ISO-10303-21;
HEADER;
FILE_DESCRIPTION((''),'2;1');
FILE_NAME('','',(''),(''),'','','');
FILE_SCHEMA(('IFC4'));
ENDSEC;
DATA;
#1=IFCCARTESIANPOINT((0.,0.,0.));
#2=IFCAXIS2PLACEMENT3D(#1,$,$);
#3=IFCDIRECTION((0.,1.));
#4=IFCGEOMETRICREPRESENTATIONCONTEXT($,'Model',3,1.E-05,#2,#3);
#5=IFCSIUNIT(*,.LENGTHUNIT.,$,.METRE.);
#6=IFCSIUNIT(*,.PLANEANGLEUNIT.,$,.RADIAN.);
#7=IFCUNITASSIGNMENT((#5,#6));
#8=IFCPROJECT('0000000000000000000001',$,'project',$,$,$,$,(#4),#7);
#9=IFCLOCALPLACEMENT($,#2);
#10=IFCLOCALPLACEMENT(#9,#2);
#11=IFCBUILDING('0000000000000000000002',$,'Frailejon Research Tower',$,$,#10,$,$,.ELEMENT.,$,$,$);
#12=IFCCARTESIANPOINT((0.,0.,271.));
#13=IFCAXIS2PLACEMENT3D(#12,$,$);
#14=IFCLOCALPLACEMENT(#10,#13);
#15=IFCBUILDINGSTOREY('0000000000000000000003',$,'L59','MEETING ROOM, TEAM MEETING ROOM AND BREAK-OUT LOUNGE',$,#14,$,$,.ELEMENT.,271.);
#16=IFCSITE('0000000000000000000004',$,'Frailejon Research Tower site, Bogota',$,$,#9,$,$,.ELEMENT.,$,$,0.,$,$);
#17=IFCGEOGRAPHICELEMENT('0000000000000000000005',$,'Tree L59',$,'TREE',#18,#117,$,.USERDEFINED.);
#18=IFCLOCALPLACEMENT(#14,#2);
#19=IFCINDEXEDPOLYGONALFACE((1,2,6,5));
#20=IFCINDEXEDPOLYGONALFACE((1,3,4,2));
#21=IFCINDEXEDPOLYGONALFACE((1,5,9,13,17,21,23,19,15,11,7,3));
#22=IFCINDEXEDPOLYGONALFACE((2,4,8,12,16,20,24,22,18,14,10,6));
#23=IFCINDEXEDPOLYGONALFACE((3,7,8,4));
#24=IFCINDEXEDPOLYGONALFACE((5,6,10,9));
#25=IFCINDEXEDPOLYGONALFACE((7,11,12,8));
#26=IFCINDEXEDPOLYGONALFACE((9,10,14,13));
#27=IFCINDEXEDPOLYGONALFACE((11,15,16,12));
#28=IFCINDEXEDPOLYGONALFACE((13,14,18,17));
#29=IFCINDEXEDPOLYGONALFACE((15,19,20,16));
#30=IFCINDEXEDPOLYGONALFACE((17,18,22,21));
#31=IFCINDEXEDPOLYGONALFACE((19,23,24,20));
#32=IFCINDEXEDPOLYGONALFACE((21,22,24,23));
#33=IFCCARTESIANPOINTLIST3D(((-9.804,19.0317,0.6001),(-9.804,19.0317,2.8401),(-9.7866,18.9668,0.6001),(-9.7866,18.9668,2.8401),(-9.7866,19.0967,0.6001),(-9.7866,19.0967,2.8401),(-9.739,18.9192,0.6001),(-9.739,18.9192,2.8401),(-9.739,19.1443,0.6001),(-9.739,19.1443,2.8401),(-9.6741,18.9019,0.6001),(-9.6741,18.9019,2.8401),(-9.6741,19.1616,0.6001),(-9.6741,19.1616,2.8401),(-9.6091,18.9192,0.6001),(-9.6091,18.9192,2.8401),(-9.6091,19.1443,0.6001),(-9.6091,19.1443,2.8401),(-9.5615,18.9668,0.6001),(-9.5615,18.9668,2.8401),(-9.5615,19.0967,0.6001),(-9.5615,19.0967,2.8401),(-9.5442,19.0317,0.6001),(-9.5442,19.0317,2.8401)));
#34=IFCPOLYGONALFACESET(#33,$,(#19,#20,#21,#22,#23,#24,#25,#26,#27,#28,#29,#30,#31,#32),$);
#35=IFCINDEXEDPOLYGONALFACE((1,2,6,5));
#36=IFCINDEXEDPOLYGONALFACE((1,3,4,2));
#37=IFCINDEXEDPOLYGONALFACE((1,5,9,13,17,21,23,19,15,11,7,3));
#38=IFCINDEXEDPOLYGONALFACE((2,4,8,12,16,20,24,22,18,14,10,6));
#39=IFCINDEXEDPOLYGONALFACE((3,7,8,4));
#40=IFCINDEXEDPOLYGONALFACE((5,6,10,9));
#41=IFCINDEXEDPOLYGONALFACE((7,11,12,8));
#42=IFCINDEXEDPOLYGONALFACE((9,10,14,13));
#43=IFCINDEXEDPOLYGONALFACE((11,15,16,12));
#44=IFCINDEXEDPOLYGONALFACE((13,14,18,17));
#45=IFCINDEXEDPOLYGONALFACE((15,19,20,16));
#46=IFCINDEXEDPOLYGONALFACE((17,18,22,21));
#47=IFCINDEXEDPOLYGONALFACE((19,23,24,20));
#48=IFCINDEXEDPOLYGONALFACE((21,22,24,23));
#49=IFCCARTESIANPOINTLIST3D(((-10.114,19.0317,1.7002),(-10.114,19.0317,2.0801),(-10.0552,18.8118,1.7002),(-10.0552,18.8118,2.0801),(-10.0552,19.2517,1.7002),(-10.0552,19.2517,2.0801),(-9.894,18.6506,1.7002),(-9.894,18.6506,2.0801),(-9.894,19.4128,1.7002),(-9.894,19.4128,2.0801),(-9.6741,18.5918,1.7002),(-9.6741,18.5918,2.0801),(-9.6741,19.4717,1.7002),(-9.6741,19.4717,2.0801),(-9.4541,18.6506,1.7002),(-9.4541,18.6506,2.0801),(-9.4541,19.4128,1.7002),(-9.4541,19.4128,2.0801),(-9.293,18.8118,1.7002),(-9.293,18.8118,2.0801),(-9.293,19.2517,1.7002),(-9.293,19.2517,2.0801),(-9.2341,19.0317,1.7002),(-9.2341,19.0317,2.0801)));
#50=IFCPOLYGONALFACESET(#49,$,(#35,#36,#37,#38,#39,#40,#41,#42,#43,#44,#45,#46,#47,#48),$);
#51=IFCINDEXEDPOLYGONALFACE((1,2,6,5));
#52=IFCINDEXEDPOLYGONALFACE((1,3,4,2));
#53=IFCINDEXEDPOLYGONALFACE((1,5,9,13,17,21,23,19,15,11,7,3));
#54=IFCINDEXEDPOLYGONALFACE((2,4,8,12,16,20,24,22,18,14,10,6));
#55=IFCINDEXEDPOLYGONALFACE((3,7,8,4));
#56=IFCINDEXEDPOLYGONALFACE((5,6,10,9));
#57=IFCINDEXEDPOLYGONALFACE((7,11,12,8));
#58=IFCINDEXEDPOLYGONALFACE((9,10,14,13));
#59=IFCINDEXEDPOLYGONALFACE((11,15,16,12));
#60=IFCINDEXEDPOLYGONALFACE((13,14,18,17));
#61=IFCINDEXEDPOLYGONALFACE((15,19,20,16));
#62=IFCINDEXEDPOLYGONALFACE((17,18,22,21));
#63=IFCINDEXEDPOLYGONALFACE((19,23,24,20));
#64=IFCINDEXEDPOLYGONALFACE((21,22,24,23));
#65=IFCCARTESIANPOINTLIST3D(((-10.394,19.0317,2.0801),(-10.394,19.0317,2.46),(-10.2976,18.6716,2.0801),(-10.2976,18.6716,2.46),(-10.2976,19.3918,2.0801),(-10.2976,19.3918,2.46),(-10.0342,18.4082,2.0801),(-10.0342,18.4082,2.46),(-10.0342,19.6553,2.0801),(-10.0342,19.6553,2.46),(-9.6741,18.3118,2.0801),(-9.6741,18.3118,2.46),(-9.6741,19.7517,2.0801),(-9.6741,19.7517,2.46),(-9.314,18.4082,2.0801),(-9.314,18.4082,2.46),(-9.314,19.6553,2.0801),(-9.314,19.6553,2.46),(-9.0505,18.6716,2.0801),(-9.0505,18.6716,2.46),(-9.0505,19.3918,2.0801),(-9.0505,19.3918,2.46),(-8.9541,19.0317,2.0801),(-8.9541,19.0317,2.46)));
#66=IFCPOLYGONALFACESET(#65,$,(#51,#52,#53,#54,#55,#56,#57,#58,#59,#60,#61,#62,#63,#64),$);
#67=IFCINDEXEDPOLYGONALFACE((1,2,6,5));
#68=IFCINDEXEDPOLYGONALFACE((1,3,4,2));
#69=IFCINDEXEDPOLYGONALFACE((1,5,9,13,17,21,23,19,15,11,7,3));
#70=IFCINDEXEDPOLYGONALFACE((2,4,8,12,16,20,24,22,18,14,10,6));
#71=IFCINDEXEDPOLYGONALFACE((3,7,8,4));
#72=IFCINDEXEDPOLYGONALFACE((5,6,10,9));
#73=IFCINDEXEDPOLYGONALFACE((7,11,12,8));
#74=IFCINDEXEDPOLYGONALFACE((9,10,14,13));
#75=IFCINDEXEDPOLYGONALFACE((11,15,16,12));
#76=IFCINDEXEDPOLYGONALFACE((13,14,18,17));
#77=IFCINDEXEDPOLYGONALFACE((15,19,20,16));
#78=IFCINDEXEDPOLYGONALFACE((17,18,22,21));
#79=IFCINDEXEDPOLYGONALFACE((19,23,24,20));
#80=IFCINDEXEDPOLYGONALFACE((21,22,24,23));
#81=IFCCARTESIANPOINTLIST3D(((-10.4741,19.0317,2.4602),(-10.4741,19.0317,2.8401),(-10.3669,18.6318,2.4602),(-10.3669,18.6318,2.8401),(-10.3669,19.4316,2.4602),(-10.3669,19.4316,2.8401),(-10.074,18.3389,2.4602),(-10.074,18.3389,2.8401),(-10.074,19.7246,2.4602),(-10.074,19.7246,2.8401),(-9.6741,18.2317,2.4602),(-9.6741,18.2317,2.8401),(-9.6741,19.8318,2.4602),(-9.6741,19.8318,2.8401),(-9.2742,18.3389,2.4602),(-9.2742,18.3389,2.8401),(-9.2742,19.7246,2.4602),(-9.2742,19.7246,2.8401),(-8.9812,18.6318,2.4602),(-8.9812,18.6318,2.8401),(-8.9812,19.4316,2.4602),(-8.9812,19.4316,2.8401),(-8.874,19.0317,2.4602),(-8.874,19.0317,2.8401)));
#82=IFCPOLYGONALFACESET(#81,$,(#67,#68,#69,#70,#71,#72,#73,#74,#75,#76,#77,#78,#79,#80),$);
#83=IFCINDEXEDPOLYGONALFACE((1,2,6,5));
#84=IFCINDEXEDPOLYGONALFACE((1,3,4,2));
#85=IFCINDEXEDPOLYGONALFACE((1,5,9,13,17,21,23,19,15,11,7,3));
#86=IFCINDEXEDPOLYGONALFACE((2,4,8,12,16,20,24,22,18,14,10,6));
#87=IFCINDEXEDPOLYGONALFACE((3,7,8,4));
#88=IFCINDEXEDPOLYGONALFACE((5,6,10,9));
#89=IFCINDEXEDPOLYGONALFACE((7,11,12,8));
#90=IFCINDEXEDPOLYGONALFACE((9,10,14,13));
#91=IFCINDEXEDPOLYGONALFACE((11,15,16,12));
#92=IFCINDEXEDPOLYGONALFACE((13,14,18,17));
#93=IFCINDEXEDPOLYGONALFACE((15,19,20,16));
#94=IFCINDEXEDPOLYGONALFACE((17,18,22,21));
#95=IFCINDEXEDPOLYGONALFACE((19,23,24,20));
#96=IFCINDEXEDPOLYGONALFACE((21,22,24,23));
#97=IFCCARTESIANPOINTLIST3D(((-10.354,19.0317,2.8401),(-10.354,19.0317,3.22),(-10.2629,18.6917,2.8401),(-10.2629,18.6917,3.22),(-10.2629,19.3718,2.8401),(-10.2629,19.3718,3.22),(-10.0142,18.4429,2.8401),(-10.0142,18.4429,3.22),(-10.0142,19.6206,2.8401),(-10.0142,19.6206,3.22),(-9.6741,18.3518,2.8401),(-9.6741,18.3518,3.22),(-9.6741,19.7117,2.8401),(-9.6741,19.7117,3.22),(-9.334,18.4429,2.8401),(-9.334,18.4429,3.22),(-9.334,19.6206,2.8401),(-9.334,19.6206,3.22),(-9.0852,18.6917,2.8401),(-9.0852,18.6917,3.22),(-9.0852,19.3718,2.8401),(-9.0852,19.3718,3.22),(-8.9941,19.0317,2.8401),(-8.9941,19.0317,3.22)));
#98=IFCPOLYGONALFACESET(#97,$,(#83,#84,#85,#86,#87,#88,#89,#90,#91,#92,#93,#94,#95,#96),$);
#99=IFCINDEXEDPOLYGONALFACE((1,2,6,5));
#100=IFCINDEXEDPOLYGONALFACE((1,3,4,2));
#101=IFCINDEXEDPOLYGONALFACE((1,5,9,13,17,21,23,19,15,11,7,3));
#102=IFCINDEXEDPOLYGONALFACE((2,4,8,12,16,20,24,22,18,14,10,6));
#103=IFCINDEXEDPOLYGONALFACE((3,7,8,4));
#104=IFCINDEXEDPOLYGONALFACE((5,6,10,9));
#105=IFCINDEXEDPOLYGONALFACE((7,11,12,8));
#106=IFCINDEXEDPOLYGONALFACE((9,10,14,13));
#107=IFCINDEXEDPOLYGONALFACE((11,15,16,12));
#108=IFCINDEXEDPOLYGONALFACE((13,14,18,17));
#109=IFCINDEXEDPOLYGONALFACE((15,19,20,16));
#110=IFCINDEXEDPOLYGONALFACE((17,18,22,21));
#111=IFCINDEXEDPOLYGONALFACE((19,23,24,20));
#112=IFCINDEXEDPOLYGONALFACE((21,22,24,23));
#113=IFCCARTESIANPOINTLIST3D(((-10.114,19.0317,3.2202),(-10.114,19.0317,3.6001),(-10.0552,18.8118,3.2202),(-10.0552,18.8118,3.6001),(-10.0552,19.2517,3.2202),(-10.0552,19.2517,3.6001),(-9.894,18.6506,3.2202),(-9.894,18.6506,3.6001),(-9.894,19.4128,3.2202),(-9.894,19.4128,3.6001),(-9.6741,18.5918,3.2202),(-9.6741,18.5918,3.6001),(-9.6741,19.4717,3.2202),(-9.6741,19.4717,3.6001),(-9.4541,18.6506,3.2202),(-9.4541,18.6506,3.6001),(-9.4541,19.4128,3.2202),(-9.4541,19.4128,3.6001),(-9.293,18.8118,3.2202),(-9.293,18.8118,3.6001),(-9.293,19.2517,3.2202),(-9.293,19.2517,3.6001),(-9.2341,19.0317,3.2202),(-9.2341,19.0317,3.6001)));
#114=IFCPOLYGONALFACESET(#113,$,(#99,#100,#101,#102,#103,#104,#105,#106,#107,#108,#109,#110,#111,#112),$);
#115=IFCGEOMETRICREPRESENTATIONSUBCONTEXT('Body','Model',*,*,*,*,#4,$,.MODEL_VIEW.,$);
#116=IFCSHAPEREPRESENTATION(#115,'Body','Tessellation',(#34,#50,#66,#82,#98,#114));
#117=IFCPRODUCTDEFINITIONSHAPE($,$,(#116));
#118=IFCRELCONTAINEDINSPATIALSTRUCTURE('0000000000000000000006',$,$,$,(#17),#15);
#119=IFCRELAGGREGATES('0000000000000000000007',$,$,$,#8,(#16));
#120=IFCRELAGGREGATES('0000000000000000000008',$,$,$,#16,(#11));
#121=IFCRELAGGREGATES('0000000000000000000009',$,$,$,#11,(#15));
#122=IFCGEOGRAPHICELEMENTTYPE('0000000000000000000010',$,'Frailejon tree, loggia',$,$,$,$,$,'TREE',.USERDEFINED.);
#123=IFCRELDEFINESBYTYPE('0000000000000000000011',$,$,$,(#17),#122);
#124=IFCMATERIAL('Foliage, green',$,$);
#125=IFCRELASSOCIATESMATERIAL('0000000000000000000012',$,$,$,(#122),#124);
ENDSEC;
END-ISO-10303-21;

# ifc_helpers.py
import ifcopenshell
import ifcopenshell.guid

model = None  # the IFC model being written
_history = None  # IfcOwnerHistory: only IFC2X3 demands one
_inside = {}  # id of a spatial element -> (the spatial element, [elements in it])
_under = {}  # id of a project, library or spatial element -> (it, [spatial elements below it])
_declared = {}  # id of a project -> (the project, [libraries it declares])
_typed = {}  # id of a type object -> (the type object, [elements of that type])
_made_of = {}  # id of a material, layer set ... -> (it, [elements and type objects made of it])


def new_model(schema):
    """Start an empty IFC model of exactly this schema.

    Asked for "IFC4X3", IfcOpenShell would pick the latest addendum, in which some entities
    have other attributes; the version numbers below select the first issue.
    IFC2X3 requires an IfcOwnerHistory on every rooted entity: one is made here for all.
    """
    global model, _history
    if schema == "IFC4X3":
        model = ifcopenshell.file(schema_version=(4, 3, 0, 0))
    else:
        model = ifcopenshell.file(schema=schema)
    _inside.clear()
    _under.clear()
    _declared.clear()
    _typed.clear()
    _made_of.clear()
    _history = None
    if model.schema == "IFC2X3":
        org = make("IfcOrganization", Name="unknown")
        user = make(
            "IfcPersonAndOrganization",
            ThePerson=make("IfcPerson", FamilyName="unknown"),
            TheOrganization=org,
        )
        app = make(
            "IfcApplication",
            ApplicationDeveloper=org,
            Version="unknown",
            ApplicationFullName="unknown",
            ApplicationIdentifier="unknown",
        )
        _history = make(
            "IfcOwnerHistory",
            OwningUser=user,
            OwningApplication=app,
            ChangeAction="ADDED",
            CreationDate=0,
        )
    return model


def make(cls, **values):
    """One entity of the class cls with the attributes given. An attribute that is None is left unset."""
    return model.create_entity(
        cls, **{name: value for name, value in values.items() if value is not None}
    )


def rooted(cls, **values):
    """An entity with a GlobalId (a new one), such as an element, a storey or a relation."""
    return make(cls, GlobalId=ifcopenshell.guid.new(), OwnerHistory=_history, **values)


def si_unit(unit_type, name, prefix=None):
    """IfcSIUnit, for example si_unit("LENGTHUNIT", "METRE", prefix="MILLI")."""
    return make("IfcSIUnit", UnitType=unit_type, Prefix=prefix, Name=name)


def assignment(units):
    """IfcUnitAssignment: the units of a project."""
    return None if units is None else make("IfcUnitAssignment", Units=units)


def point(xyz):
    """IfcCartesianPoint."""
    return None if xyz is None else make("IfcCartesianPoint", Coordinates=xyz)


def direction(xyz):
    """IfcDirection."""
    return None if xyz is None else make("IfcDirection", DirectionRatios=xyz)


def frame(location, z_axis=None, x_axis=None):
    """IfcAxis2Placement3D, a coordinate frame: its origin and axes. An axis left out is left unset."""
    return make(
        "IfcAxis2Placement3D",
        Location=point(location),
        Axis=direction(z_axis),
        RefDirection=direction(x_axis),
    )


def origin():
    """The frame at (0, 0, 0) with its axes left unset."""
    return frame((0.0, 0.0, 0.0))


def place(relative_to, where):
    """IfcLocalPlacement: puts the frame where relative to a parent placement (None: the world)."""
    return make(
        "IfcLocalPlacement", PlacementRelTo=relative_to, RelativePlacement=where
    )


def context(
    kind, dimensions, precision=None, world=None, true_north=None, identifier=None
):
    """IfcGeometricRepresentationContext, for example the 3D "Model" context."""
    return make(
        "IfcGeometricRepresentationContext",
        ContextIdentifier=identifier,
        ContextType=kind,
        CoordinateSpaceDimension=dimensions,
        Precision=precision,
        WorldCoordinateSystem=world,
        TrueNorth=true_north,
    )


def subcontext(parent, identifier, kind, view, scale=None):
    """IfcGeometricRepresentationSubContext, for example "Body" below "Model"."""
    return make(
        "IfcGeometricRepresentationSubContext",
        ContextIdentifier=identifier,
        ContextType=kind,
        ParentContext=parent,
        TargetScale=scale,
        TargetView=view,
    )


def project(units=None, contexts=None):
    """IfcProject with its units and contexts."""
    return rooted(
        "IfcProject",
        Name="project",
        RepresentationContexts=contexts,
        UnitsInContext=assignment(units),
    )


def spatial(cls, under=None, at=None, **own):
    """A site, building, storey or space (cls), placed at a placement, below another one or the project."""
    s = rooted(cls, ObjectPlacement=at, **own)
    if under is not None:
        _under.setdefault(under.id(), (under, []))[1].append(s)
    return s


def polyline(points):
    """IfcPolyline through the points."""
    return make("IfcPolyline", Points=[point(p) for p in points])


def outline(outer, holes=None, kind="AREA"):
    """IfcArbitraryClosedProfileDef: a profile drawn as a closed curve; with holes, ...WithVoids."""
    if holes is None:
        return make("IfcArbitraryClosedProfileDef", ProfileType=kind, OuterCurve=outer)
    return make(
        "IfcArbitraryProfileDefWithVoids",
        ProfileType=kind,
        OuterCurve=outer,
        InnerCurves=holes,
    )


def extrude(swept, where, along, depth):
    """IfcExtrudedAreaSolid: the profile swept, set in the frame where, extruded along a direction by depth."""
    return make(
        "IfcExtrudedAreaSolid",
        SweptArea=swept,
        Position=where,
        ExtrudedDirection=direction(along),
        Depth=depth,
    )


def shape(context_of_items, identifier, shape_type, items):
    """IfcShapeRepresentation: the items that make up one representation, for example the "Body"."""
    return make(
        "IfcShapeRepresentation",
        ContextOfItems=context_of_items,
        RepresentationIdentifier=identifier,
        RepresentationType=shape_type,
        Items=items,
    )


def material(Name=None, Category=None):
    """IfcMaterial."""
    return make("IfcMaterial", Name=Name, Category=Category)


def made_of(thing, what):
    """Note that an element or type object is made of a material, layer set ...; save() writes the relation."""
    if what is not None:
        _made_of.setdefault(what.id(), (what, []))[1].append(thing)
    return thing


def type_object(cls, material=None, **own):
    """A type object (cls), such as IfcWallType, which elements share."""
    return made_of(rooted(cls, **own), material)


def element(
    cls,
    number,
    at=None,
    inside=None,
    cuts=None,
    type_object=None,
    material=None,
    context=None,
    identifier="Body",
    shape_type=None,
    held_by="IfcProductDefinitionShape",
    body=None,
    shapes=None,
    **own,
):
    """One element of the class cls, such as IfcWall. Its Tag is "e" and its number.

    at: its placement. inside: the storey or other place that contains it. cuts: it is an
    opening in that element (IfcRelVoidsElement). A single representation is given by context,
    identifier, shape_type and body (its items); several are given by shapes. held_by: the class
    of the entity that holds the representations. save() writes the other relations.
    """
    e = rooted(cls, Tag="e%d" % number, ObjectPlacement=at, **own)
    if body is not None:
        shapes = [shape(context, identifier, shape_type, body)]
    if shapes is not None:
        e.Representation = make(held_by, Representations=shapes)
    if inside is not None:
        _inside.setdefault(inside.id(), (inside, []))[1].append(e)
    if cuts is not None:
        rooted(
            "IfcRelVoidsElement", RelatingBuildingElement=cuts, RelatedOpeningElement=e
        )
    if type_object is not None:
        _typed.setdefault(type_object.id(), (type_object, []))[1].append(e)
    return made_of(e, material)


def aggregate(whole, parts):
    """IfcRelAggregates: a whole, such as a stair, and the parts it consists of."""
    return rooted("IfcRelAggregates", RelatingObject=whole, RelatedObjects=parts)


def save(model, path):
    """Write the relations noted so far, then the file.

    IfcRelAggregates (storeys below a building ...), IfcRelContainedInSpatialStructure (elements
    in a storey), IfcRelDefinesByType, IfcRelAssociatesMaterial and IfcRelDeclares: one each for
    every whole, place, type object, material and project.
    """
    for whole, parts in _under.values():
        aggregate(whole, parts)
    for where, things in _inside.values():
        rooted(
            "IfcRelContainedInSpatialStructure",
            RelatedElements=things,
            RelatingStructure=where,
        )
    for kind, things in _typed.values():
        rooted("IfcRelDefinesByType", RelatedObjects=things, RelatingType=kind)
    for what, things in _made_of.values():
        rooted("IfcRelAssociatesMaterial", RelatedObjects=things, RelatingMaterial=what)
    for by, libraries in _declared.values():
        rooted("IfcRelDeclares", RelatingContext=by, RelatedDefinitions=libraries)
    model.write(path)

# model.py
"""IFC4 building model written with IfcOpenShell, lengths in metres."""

from ifc_helpers import new_model, si_unit, direction, frame, origin, place, context, subcontext, project, spatial, polyline, outline, extrude, material, type_object, element, save


model = new_model("IFC4")

# Units and contexts
model_context = context("Model", 3, precision=1e-05, world=origin(), true_north=direction((0.0, 1.0)))
body_context = subcontext(model_context, "Body", "Model", "MODEL_VIEW")
ifc_project = project(units=[si_unit("LENGTHUNIT", "METRE"), si_unit("PLANEANGLEUNIT", "RADIAN")], contexts=[model_context])

# Site, building, storey
site_placement = place(None, origin())
site = spatial("IfcSite", under=ifc_project, at=site_placement, Name="Frailejon Research Tower site, Bogota", CompositionType="ELEMENT", RefElevation=0.0)
building_placement = place(site_placement, origin())
building = spatial("IfcBuilding", under=site, at=building_placement, Name="Frailejon Research Tower", CompositionType="ELEMENT")
storey_placement = place(building_placement, frame((0.0, 0.0, 271.0)))
storey = spatial("IfcBuildingStorey", under=building, at=storey_placement, Name="L59", Description="MEETING ROOM, TEAM MEETING ROOM AND BREAK-OUT LOUNGE", CompositionType="ELEMENT", Elevation=271.0)

# Geographic element
ifc_material_1 = material(Name="Foliage, green")
geographic_element_type = type_object("IfcGeographicElementType", Name="Frailejon tree, loggia", ElementType="TREE", PredefinedType="USERDEFINED", material=ifc_material_1)
geographic_element_placement = place(storey_placement, frame((-9.6741, 19.0317, 0.6001)))
element("IfcGeographicElement", 1, at=geographic_element_placement, inside=storey, type_object=geographic_element_type, Name="Tree L59", ObjectType="TREE", PredefinedType="USERDEFINED", context=body_context, shape_type="SweptSolid", body=[
    extrude(outline(polyline([(0.1299, 0.0), (0.1125, 0.0649), (0.0649, 0.1125), (0.0, 0.1299), (-0.0649, 0.1125), (-0.1125, 0.0649), (-0.1299, 0.0), (-0.1125, -0.0649), (-0.0649, -0.1125), (0.0, -0.1299), (0.0649, -0.1125), (0.1125, -0.0649), (0.1299, 0.0)])), origin(), (0.0, 0.0, 1.0), 2.24),
    extrude(outline(polyline([(0.4399, 0.0), (0.3811, 0.22), (0.22, 0.3811), (0.0, 0.4399), (-0.22, 0.3811), (-0.3811, 0.22), (-0.4399, 0.0), (-0.3811, -0.22), (-0.22, -0.3811), (0.0, -0.4399), (0.22, -0.3811), (0.3811, -0.22), (0.4399, 0.0)])), frame((0.0, 0.0, 1.1001)), (0.0, 0.0, 1.0), 0.3799),
    extrude(outline(polyline([(0.72, 0.0), (0.6235, 0.3601), (0.3601, 0.6235), (0.0, 0.72), (-0.3601, 0.6235), (-0.6235, 0.3601), (-0.72, 0.0), (-0.6235, -0.3601), (-0.3601, -0.6235), (0.0, -0.72), (0.3601, -0.6235), (0.6235, -0.3601), (0.72, 0.0)])), frame((0.0, 0.0, 1.48)), (0.0, 0.0, 1.0), 0.3799),
    extrude(outline(polyline([(0.8, 0.0), (0.6929, 0.3999), (0.3999, 0.6929), (0.0, 0.8), (-0.3999, 0.6929), (-0.6929, 0.3999), (-0.8, 0.0), (-0.6929, -0.3999), (-0.3999, -0.6929), (0.0, -0.8), (0.3999, -0.6929), (0.6929, -0.3999), (0.8, 0.0)])), frame((0.0, 0.0, 1.8601)), (0.0, 0.0, 1.0), 0.3799),
    extrude(outline(polyline([(0.6799, 0.0), (0.5889, 0.3401), (0.3401, 0.5889), (0.0, 0.6799), (-0.3401, 0.5889), (-0.5889, 0.3401), (-0.6799, 0.0), (-0.5889, -0.3401), (-0.3401, -0.5889), (0.0, -0.6799), (0.3401, -0.5889), (0.5889, -0.3401), (0.6799, 0.0)])), frame((0.0, 0.0, 2.24)), (0.0, 0.0, 1.0), 0.3799),
    extrude(outline(polyline([(0.4399, 0.0), (0.3811, 0.22), (0.22, 0.3811), (0.0, 0.4399), (-0.22, 0.3811), (-0.3811, 0.22), (-0.4399, 0.0), (-0.3811, -0.22), (-0.22, -0.3811), (0.0, -0.4399), (0.22, -0.3811), (0.3811, -0.22), (0.4399, 0.0)])), frame((0.0, 0.0, 2.6201)), (0.0, 0.0, 1.0), 0.3799),
])

save(model, "model.ifc")
